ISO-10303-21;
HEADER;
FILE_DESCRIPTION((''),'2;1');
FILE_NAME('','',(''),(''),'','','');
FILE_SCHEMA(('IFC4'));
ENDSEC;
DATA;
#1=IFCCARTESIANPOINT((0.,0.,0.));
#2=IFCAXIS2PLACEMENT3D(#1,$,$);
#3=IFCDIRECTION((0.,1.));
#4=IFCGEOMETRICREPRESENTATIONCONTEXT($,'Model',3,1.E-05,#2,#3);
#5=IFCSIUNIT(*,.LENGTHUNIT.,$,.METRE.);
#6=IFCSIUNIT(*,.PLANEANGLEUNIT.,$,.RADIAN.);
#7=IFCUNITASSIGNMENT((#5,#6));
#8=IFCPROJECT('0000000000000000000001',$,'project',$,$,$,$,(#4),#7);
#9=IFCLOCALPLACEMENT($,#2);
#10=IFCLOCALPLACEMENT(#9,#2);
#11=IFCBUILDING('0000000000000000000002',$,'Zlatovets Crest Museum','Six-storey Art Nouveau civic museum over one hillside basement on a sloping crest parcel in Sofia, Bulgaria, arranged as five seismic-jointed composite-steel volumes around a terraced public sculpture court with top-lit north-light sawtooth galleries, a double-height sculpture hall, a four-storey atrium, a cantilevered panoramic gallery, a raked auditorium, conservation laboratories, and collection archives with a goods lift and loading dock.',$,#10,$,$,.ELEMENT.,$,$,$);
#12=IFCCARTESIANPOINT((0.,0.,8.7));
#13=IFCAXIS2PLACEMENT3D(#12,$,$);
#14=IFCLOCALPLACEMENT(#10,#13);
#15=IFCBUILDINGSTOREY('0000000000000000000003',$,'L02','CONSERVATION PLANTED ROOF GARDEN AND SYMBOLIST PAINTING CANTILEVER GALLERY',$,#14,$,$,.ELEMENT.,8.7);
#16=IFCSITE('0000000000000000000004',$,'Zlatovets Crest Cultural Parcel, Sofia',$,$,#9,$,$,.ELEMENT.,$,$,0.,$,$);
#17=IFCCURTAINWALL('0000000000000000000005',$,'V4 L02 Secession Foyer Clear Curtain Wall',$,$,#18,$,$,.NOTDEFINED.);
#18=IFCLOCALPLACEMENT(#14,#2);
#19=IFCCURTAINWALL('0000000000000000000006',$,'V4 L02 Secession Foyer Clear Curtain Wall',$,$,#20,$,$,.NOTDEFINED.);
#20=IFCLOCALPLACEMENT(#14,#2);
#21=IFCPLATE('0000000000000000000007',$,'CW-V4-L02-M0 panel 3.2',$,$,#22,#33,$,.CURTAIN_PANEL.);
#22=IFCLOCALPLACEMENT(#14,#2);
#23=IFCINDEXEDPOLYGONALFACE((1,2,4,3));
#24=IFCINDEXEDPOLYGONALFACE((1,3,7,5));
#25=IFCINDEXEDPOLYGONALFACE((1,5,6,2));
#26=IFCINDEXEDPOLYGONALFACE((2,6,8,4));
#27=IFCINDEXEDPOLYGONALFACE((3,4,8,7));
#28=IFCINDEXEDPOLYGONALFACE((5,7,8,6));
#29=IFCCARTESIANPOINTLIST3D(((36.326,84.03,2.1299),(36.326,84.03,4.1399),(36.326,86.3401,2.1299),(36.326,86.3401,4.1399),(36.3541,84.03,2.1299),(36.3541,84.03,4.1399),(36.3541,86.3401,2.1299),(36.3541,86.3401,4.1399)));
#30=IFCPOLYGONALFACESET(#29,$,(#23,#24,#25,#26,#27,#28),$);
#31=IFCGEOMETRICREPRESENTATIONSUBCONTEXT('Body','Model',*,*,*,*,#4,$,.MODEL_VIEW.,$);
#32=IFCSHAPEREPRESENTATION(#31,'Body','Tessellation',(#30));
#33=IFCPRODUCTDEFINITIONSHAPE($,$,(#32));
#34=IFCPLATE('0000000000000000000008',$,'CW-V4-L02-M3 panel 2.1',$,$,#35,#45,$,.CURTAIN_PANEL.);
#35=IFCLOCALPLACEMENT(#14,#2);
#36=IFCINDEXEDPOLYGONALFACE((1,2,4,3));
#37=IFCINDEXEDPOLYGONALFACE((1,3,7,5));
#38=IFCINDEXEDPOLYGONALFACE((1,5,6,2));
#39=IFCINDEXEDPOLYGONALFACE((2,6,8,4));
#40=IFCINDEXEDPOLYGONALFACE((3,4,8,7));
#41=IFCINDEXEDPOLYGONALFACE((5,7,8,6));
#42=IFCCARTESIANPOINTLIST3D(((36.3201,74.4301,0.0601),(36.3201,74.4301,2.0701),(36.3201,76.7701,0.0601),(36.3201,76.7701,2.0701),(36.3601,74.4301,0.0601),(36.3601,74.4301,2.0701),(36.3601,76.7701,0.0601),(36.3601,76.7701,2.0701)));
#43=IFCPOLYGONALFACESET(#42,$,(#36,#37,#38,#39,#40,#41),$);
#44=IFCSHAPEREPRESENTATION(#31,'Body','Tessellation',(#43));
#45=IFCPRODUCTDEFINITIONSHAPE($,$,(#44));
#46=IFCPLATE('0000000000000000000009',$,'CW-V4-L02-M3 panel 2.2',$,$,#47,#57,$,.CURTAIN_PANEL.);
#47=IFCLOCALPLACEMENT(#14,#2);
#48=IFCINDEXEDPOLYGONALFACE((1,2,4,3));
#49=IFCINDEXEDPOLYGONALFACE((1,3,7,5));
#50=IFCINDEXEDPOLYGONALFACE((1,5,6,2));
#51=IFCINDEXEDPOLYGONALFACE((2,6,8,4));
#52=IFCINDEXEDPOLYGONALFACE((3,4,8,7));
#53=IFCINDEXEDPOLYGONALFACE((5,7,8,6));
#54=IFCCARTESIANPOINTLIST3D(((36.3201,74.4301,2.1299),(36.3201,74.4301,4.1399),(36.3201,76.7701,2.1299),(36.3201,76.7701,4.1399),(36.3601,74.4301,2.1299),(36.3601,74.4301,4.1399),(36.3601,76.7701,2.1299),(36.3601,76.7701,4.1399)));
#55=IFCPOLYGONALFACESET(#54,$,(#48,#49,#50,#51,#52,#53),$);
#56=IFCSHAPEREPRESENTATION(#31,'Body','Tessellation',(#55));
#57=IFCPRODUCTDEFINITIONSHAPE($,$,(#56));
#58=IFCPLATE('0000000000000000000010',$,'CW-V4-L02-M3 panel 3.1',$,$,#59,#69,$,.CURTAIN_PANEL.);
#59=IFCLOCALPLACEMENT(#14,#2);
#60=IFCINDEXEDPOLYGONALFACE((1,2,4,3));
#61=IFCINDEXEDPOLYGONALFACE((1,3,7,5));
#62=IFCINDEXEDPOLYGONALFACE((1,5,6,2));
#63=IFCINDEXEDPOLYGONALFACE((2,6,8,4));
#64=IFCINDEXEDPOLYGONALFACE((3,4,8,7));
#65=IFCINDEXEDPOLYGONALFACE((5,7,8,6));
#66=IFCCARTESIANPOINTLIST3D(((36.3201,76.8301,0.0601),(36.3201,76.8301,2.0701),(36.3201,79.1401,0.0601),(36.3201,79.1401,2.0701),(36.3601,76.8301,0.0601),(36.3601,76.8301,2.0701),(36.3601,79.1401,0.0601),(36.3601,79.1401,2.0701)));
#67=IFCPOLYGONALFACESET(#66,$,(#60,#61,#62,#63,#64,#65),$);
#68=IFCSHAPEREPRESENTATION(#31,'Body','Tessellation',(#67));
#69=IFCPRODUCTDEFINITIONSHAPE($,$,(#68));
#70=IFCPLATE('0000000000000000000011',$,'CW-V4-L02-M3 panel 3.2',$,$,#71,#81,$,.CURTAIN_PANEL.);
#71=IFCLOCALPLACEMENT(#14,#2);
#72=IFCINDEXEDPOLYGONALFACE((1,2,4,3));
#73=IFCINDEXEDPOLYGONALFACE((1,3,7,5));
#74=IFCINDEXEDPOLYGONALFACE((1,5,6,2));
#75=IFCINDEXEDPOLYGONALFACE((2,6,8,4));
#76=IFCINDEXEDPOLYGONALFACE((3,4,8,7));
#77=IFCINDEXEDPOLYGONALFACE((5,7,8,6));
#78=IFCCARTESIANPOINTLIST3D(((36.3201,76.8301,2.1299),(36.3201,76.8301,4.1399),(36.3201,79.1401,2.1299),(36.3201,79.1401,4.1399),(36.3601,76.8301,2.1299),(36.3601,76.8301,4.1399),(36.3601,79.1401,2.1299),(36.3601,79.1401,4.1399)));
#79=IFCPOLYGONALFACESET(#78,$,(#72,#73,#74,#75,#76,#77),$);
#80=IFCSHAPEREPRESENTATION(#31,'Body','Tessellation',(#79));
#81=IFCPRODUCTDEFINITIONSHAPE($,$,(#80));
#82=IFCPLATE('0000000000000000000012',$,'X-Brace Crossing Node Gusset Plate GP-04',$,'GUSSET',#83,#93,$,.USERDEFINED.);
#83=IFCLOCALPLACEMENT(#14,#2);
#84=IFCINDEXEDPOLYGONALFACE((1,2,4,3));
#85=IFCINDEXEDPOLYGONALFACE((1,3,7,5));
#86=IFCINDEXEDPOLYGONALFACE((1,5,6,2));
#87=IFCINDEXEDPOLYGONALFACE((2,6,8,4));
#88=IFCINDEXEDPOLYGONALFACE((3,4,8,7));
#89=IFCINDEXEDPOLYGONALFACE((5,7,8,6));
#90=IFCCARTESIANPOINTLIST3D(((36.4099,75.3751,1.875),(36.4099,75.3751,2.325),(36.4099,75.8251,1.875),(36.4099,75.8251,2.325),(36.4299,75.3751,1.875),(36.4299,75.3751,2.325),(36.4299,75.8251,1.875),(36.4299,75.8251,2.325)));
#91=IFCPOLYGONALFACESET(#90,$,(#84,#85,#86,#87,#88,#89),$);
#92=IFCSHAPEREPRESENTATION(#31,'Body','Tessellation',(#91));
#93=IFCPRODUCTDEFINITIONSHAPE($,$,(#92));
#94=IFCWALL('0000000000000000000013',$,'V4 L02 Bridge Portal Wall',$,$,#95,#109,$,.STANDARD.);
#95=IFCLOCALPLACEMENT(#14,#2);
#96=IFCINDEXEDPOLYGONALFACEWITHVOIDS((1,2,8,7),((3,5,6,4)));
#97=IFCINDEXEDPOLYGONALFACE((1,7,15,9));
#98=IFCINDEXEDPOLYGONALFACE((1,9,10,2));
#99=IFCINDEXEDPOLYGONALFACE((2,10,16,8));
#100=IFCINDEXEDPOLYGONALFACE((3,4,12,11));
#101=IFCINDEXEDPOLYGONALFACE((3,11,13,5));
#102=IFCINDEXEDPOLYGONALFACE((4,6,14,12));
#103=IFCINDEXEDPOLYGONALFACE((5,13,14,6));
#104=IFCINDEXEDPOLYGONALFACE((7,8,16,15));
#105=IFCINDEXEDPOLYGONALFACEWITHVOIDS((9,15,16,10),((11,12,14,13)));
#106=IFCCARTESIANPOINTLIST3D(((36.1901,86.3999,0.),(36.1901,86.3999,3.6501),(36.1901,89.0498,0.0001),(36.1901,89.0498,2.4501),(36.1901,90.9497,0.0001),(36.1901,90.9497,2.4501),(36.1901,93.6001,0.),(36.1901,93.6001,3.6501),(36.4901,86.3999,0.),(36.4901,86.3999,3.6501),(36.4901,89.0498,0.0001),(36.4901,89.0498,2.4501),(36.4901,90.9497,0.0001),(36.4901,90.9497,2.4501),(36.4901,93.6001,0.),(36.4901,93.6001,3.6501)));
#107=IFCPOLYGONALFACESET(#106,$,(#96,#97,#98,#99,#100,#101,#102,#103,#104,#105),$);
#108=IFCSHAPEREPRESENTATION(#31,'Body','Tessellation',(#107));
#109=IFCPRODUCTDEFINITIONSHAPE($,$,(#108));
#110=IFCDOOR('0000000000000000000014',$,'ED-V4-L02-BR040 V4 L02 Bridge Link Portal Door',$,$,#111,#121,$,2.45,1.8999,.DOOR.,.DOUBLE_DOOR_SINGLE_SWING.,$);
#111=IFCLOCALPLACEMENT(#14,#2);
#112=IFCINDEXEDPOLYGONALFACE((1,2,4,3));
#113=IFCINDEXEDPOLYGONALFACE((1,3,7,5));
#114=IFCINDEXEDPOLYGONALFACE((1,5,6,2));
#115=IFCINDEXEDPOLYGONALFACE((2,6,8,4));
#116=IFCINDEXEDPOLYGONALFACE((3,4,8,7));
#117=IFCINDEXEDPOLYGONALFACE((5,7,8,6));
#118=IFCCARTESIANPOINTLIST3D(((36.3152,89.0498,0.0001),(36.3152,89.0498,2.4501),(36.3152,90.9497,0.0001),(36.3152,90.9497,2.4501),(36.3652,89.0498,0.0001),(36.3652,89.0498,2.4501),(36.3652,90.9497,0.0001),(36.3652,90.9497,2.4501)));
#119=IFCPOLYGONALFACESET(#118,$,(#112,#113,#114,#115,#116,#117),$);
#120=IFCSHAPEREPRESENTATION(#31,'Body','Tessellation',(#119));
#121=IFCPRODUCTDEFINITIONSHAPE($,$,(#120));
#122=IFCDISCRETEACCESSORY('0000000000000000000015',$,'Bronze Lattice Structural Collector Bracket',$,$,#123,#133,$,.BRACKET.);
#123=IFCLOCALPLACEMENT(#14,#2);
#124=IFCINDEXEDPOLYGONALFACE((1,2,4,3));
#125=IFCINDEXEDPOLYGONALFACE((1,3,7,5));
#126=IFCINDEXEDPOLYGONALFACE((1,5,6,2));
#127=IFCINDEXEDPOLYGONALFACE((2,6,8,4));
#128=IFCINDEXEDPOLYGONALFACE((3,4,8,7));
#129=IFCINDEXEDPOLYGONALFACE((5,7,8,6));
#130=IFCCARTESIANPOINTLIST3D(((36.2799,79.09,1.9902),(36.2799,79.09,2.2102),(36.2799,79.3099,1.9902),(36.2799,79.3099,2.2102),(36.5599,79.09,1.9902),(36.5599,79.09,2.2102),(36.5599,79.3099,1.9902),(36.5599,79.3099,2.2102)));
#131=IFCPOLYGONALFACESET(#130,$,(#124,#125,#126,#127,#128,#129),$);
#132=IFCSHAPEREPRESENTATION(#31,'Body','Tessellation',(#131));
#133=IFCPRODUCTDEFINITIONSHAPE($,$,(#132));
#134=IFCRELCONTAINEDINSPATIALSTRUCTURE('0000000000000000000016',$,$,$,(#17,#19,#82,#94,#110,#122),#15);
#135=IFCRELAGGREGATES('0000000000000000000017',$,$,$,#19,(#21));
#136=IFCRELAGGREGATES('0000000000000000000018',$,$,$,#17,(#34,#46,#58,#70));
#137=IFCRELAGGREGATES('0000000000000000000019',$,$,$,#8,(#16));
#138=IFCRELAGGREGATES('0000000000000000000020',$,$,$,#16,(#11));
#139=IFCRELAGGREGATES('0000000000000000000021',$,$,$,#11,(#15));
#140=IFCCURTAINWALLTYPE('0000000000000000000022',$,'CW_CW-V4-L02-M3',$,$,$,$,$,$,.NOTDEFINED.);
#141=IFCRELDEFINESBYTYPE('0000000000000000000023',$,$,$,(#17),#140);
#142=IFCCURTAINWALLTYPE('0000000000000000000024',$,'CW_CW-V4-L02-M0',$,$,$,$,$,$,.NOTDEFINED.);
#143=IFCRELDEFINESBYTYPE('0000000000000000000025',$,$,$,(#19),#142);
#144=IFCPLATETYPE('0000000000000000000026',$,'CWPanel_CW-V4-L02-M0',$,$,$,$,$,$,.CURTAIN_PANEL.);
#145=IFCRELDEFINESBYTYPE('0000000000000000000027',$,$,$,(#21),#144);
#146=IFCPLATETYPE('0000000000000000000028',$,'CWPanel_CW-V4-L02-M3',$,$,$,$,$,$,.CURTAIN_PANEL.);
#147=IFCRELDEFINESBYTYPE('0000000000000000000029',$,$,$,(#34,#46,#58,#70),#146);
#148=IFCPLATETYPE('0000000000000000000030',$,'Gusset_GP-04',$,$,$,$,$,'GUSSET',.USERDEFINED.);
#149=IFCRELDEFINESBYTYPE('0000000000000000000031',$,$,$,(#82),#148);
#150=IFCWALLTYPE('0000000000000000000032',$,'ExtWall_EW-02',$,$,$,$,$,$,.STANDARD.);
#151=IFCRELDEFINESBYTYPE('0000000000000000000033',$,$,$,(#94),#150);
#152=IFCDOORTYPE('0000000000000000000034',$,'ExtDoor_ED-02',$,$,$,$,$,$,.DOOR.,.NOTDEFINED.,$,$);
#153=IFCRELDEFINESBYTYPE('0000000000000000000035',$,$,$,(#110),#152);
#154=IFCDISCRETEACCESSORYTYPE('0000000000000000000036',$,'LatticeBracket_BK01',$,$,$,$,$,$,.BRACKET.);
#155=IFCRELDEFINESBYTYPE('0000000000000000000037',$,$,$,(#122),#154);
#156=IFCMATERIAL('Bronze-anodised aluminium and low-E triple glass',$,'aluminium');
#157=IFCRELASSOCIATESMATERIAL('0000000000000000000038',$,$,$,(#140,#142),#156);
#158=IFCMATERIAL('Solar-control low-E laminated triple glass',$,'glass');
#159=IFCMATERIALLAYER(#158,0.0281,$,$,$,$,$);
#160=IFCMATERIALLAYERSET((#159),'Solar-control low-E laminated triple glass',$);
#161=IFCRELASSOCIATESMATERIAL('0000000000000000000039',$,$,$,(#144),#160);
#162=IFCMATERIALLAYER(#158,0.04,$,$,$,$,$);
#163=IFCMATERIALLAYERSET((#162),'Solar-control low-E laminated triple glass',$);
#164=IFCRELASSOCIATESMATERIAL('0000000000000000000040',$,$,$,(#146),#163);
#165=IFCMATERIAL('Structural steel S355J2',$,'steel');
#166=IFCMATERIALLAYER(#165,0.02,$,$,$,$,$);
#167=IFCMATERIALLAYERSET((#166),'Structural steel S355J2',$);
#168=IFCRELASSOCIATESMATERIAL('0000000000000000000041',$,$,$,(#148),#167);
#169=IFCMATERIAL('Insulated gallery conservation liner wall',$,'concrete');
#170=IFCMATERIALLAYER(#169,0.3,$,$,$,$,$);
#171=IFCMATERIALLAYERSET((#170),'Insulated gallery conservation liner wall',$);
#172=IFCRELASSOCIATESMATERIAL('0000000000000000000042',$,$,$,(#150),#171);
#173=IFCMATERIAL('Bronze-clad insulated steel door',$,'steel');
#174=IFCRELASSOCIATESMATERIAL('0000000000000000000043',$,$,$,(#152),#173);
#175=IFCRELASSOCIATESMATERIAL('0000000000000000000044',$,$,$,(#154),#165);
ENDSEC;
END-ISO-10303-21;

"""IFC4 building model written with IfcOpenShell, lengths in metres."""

from ifc_helpers import new_model, si_unit, direction, frame, frame_2d, origin, origin_2d, place, context, subcontext, project, spatial, rectangle, extrude, material, layer, layer_set, type_object, element, fill, aggregate, save


model = new_model("IFC4")

# Units and contexts
model_context = context("Model", 3, precision=1e-05, world=origin(), true_north=direction((0.0, 1.0)))
body_context = subcontext(model_context, "Body", "Model", "MODEL_VIEW")
ifc_project = project(units=[si_unit("LENGTHUNIT", "METRE"), si_unit("PLANEANGLEUNIT", "RADIAN")], contexts=[model_context])

# Site, building, storey
site_placement = place(None, origin())
site = spatial("IfcSite", under=ifc_project, at=site_placement, Name="Zlatovets Crest Cultural Parcel, Sofia", CompositionType="ELEMENT", RefElevation=0.0)
building_placement = place(site_placement, origin())
building = spatial("IfcBuilding", under=site, at=building_placement, Name="Zlatovets Crest Museum", Description="Six-storey Art Nouveau civic museum over one hillside basement on a sloping crest parcel in Sofia, Bulgaria, arranged as five seismic-jointed composite-steel volumes around a terraced public sculpture court with top-lit north-light sawtooth galleries, a double-height sculpture hall, a four-storey atrium, a cantilevered panoramic gallery, a raked auditorium, conservation laboratories, and collection archives with a goods lift and loading dock.", CompositionType="ELEMENT")
storey_placement = place(building_placement, frame((0.0, 0.0, 8.7)))
storey = spatial("IfcBuildingStorey", under=building, at=storey_placement, Name="L02", Description="CONSERVATION PLANTED ROOF GARDEN AND SYMBOLIST PAINTING CANTILEVER GALLERY", CompositionType="ELEMENT", Elevation=8.7)

# Curtain walls
ifc_material_1 = material(Name="Bronze-anodised aluminium and low-E triple glass", Category="aluminium")
curtain_wall_type_1 = type_object("IfcCurtainWallType", Name="CW_CW-V4-L02-M3", PredefinedType="NOTDEFINED", material=ifc_material_1)
curtain_wall_1_placement = place(storey_placement, origin())
curtain_wall_1 = element("IfcCurtainWall", 1, at=curtain_wall_1_placement, inside=storey, type_object=curtain_wall_type_1, Name="V4 L02 Secession Foyer Clear Curtain Wall", PredefinedType="NOTDEFINED")
curtain_wall_type_2 = type_object("IfcCurtainWallType", Name="CW_CW-V4-L02-M0", PredefinedType="NOTDEFINED", material=ifc_material_1)
curtain_wall_2_placement = place(storey_placement, origin())
curtain_wall_2 = element("IfcCurtainWall", 2, at=curtain_wall_2_placement, inside=storey, type_object=curtain_wall_type_2, Name="V4 L02 Secession Foyer Clear Curtain Wall", PredefinedType="NOTDEFINED")

# Plates
ifc_material_2 = material(Name="Solar-control low-E laminated triple glass", Category="glass")
ifc_layer_1 = layer(ifc_material_2, 0.0281)
ifc_layer_set_1 = layer_set([ifc_layer_1], Name="Solar-control low-E laminated triple glass")
plate_type_1 = type_object("IfcPlateType", Name="CWPanel_CW-V4-L02-M0", PredefinedType="CURTAIN_PANEL", material=ifc_layer_set_1)
plate_1_placement = place(storey_placement, frame((36.3401, 85.1851, 2.1299), z_axis=(0.0, 0.0, 1.0), x_axis=(0.0, 1.0, 0.0)))
plate_1 = element("IfcPlate", 3, at=plate_1_placement, type_object=plate_type_1, Name="CW-V4-L02-M0 panel 3.2", PredefinedType="CURTAIN_PANEL", context=body_context, shape_type="SweptSolid", body=[
    extrude(rectangle(XDim=2.3101, YDim=0.0281, at=origin_2d()), origin(), (0.0, 0.0, 1.0), 2.01),
])
aggregate(curtain_wall_2, [plate_1])
ifc_layer_2 = layer(ifc_material_2, 0.04)
ifc_layer_set_2 = layer_set([ifc_layer_2], Name="Solar-control low-E laminated triple glass")
plate_type_2 = type_object("IfcPlateType", Name="CWPanel_CW-V4-L02-M3", PredefinedType="CURTAIN_PANEL", material=ifc_layer_set_2)
plate_2_placement = place(storey_placement, frame((36.3401, 75.6001, 0.0601), z_axis=(0.0, 0.0, 1.0), x_axis=(0.0, 1.0, 0.0)))
plate_2 = element("IfcPlate", 4, at=plate_2_placement, type_object=plate_type_2, Name="CW-V4-L02-M3 panel 2.1", PredefinedType="CURTAIN_PANEL", context=body_context, shape_type="SweptSolid", body=[
    extrude(rectangle(XDim=2.3401, YDim=0.04, at=origin_2d()), origin(), (0.0, 0.0, 1.0), 2.01),
])
plate_3_placement = place(storey_placement, frame((36.3401, 75.6001, 2.1299), z_axis=(0.0, 0.0, 1.0), x_axis=(0.0, 1.0, 0.0)))
plate_3 = element("IfcPlate", 5, at=plate_3_placement, type_object=plate_type_2, Name="CW-V4-L02-M3 panel 2.2", PredefinedType="CURTAIN_PANEL", context=body_context, shape_type="SweptSolid", body=[
    extrude(rectangle(XDim=2.3401, YDim=0.04, at=origin_2d()), origin(), (0.0, 0.0, 1.0), 2.01),
])
plate_4_placement = place(storey_placement, frame((36.3401, 77.9851, 0.0601), z_axis=(0.0, 0.0, 1.0), x_axis=(0.0, 1.0, 0.0)))
plate_4 = element("IfcPlate", 6, at=plate_4_placement, type_object=plate_type_2, Name="CW-V4-L02-M3 panel 3.1", PredefinedType="CURTAIN_PANEL", context=body_context, shape_type="SweptSolid", body=[
    extrude(rectangle(XDim=2.3101, YDim=0.04, at=origin_2d()), origin(), (0.0, 0.0, 1.0), 2.01),
])
plate_5_placement = place(storey_placement, frame((36.3401, 77.9851, 2.1299), z_axis=(0.0, 0.0, 1.0), x_axis=(0.0, 1.0, 0.0)))
plate_5 = element("IfcPlate", 7, at=plate_5_placement, type_object=plate_type_2, Name="CW-V4-L02-M3 panel 3.2", PredefinedType="CURTAIN_PANEL", context=body_context, shape_type="SweptSolid", body=[
    extrude(rectangle(XDim=2.3101, YDim=0.04, at=origin_2d()), origin(), (0.0, 0.0, 1.0), 2.01),
])
aggregate(curtain_wall_1, [plate_2, plate_3, plate_4, plate_5])
ifc_material_3 = material(Name="Structural steel S355J2", Category="steel")
ifc_layer_3 = layer(ifc_material_3, 0.02)
ifc_layer_set_3 = layer_set([ifc_layer_3], Name="Structural steel S355J2")
plate_type_3 = type_object("IfcPlateType", Name="Gusset_GP-04", ElementType="GUSSET", PredefinedType="USERDEFINED", material=ifc_layer_set_3)
plate_6_placement = place(storey_placement, frame((36.4199, 75.6001, 1.875), z_axis=(0.0, 0.0, 1.0), x_axis=(1.0, 0.0, 0.0)))
element("IfcPlate", 8, at=plate_6_placement, inside=storey, type_object=plate_type_3, Name="X-Brace Crossing Node Gusset Plate GP-04", ObjectType="GUSSET", PredefinedType="USERDEFINED", context=body_context, shape_type="SweptSolid", body=[
    extrude(rectangle(XDim=0.02, YDim=0.45, at=origin_2d()), origin(), (0.0, 0.0, 1.0), 0.45),
])

# Wall, opening, door
ifc_material_4 = material(Name="Insulated gallery conservation liner wall", Category="concrete")
ifc_layer_4 = layer(ifc_material_4, 0.3)
ifc_layer_set_4 = layer_set([ifc_layer_4], Name="Insulated gallery conservation liner wall")
wall_type = type_object("IfcWallType", Name="ExtWall_EW-02", PredefinedType="STANDARD", material=ifc_layer_set_4)
wall_placement = place(storey_placement, frame((36.3401, 86.3999, 0.0), z_axis=(0.0, 0.0, 1.0), x_axis=(0.0, 1.0, 0.0)))
wall = element("IfcWall", 9, at=wall_placement, inside=storey, type_object=wall_type, Name="V4 L02 Bridge Portal Wall", PredefinedType="STANDARD", context=body_context, shape_type="SweptSolid", body=[
    extrude(rectangle(XDim=7.2002, YDim=0.3, at=frame_2d((3.6001, 0.0))), origin(), (0.0, 0.0, 1.0), 3.6501),
])
opening_placement = place(wall_placement, frame((2.6499, 0.0, 0.0)))
opening = element("IfcOpeningElement", 10, at=opening_placement, cuts=wall, PredefinedType="OPENING", context=body_context, shape_type="SweptSolid", body=[
    extrude(rectangle(XDim=1.8999, YDim=2.45, at=frame_2d((0.95, 1.2251))), frame((0.0, 0.1602, 0.0), z_axis=(0.0, -1.0, 0.0), x_axis=(1.0, 0.0, 0.0)), (0.0, 0.0, 1.0), 0.3201),
])
ifc_material_5 = material(Name="Bronze-clad insulated steel door", Category="steel")
door_type = type_object("IfcDoorType", Name="ExtDoor_ED-02", OperationType="NOTDEFINED", PredefinedType="DOOR", material=ifc_material_5)
door_placement = place(opening_placement, origin())
door = element("IfcDoor", 11, at=door_placement, inside=storey, type_object=door_type, Name="ED-V4-L02-BR040 V4 L02 Bridge Link Portal Door", OperationType="DOUBLE_DOOR_SINGLE_SWING", OverallHeight=2.45, OverallWidth=1.8999, PredefinedType="DOOR", context=body_context, shape_type="SweptSolid", body=[
    extrude(rectangle(XDim=1.8999, YDim=2.45, at=frame_2d((0.95, 1.2251))), frame((0.0, 0.0249, 0.0), z_axis=(0.0, -1.0, 0.0), x_axis=(1.0, 0.0, 0.0)), (0.0, 0.0, 1.0), 0.05),
])
fill(opening, door)

# Discrete accessory
discrete_accessory_type = type_object("IfcDiscreteAccessoryType", Name="LatticeBracket_BK01", PredefinedType="BRACKET", material=ifc_material_3)
discrete_accessory_placement = place(storey_placement, frame((36.4199, 79.2, 1.9902), z_axis=(0.0, 0.0, 1.0), x_axis=(1.0, 0.0, 0.0)))
element("IfcDiscreteAccessory", 12, at=discrete_accessory_placement, inside=storey, type_object=discrete_accessory_type, Name="Bronze Lattice Structural Collector Bracket", PredefinedType="BRACKET", context=body_context, shape_type="SweptSolid", body=[
    extrude(rectangle(XDim=0.28, YDim=0.22, at=origin_2d()), origin(), (0.0, 0.0, 1.0), 0.22),
])

save(model, "model.ifc")
